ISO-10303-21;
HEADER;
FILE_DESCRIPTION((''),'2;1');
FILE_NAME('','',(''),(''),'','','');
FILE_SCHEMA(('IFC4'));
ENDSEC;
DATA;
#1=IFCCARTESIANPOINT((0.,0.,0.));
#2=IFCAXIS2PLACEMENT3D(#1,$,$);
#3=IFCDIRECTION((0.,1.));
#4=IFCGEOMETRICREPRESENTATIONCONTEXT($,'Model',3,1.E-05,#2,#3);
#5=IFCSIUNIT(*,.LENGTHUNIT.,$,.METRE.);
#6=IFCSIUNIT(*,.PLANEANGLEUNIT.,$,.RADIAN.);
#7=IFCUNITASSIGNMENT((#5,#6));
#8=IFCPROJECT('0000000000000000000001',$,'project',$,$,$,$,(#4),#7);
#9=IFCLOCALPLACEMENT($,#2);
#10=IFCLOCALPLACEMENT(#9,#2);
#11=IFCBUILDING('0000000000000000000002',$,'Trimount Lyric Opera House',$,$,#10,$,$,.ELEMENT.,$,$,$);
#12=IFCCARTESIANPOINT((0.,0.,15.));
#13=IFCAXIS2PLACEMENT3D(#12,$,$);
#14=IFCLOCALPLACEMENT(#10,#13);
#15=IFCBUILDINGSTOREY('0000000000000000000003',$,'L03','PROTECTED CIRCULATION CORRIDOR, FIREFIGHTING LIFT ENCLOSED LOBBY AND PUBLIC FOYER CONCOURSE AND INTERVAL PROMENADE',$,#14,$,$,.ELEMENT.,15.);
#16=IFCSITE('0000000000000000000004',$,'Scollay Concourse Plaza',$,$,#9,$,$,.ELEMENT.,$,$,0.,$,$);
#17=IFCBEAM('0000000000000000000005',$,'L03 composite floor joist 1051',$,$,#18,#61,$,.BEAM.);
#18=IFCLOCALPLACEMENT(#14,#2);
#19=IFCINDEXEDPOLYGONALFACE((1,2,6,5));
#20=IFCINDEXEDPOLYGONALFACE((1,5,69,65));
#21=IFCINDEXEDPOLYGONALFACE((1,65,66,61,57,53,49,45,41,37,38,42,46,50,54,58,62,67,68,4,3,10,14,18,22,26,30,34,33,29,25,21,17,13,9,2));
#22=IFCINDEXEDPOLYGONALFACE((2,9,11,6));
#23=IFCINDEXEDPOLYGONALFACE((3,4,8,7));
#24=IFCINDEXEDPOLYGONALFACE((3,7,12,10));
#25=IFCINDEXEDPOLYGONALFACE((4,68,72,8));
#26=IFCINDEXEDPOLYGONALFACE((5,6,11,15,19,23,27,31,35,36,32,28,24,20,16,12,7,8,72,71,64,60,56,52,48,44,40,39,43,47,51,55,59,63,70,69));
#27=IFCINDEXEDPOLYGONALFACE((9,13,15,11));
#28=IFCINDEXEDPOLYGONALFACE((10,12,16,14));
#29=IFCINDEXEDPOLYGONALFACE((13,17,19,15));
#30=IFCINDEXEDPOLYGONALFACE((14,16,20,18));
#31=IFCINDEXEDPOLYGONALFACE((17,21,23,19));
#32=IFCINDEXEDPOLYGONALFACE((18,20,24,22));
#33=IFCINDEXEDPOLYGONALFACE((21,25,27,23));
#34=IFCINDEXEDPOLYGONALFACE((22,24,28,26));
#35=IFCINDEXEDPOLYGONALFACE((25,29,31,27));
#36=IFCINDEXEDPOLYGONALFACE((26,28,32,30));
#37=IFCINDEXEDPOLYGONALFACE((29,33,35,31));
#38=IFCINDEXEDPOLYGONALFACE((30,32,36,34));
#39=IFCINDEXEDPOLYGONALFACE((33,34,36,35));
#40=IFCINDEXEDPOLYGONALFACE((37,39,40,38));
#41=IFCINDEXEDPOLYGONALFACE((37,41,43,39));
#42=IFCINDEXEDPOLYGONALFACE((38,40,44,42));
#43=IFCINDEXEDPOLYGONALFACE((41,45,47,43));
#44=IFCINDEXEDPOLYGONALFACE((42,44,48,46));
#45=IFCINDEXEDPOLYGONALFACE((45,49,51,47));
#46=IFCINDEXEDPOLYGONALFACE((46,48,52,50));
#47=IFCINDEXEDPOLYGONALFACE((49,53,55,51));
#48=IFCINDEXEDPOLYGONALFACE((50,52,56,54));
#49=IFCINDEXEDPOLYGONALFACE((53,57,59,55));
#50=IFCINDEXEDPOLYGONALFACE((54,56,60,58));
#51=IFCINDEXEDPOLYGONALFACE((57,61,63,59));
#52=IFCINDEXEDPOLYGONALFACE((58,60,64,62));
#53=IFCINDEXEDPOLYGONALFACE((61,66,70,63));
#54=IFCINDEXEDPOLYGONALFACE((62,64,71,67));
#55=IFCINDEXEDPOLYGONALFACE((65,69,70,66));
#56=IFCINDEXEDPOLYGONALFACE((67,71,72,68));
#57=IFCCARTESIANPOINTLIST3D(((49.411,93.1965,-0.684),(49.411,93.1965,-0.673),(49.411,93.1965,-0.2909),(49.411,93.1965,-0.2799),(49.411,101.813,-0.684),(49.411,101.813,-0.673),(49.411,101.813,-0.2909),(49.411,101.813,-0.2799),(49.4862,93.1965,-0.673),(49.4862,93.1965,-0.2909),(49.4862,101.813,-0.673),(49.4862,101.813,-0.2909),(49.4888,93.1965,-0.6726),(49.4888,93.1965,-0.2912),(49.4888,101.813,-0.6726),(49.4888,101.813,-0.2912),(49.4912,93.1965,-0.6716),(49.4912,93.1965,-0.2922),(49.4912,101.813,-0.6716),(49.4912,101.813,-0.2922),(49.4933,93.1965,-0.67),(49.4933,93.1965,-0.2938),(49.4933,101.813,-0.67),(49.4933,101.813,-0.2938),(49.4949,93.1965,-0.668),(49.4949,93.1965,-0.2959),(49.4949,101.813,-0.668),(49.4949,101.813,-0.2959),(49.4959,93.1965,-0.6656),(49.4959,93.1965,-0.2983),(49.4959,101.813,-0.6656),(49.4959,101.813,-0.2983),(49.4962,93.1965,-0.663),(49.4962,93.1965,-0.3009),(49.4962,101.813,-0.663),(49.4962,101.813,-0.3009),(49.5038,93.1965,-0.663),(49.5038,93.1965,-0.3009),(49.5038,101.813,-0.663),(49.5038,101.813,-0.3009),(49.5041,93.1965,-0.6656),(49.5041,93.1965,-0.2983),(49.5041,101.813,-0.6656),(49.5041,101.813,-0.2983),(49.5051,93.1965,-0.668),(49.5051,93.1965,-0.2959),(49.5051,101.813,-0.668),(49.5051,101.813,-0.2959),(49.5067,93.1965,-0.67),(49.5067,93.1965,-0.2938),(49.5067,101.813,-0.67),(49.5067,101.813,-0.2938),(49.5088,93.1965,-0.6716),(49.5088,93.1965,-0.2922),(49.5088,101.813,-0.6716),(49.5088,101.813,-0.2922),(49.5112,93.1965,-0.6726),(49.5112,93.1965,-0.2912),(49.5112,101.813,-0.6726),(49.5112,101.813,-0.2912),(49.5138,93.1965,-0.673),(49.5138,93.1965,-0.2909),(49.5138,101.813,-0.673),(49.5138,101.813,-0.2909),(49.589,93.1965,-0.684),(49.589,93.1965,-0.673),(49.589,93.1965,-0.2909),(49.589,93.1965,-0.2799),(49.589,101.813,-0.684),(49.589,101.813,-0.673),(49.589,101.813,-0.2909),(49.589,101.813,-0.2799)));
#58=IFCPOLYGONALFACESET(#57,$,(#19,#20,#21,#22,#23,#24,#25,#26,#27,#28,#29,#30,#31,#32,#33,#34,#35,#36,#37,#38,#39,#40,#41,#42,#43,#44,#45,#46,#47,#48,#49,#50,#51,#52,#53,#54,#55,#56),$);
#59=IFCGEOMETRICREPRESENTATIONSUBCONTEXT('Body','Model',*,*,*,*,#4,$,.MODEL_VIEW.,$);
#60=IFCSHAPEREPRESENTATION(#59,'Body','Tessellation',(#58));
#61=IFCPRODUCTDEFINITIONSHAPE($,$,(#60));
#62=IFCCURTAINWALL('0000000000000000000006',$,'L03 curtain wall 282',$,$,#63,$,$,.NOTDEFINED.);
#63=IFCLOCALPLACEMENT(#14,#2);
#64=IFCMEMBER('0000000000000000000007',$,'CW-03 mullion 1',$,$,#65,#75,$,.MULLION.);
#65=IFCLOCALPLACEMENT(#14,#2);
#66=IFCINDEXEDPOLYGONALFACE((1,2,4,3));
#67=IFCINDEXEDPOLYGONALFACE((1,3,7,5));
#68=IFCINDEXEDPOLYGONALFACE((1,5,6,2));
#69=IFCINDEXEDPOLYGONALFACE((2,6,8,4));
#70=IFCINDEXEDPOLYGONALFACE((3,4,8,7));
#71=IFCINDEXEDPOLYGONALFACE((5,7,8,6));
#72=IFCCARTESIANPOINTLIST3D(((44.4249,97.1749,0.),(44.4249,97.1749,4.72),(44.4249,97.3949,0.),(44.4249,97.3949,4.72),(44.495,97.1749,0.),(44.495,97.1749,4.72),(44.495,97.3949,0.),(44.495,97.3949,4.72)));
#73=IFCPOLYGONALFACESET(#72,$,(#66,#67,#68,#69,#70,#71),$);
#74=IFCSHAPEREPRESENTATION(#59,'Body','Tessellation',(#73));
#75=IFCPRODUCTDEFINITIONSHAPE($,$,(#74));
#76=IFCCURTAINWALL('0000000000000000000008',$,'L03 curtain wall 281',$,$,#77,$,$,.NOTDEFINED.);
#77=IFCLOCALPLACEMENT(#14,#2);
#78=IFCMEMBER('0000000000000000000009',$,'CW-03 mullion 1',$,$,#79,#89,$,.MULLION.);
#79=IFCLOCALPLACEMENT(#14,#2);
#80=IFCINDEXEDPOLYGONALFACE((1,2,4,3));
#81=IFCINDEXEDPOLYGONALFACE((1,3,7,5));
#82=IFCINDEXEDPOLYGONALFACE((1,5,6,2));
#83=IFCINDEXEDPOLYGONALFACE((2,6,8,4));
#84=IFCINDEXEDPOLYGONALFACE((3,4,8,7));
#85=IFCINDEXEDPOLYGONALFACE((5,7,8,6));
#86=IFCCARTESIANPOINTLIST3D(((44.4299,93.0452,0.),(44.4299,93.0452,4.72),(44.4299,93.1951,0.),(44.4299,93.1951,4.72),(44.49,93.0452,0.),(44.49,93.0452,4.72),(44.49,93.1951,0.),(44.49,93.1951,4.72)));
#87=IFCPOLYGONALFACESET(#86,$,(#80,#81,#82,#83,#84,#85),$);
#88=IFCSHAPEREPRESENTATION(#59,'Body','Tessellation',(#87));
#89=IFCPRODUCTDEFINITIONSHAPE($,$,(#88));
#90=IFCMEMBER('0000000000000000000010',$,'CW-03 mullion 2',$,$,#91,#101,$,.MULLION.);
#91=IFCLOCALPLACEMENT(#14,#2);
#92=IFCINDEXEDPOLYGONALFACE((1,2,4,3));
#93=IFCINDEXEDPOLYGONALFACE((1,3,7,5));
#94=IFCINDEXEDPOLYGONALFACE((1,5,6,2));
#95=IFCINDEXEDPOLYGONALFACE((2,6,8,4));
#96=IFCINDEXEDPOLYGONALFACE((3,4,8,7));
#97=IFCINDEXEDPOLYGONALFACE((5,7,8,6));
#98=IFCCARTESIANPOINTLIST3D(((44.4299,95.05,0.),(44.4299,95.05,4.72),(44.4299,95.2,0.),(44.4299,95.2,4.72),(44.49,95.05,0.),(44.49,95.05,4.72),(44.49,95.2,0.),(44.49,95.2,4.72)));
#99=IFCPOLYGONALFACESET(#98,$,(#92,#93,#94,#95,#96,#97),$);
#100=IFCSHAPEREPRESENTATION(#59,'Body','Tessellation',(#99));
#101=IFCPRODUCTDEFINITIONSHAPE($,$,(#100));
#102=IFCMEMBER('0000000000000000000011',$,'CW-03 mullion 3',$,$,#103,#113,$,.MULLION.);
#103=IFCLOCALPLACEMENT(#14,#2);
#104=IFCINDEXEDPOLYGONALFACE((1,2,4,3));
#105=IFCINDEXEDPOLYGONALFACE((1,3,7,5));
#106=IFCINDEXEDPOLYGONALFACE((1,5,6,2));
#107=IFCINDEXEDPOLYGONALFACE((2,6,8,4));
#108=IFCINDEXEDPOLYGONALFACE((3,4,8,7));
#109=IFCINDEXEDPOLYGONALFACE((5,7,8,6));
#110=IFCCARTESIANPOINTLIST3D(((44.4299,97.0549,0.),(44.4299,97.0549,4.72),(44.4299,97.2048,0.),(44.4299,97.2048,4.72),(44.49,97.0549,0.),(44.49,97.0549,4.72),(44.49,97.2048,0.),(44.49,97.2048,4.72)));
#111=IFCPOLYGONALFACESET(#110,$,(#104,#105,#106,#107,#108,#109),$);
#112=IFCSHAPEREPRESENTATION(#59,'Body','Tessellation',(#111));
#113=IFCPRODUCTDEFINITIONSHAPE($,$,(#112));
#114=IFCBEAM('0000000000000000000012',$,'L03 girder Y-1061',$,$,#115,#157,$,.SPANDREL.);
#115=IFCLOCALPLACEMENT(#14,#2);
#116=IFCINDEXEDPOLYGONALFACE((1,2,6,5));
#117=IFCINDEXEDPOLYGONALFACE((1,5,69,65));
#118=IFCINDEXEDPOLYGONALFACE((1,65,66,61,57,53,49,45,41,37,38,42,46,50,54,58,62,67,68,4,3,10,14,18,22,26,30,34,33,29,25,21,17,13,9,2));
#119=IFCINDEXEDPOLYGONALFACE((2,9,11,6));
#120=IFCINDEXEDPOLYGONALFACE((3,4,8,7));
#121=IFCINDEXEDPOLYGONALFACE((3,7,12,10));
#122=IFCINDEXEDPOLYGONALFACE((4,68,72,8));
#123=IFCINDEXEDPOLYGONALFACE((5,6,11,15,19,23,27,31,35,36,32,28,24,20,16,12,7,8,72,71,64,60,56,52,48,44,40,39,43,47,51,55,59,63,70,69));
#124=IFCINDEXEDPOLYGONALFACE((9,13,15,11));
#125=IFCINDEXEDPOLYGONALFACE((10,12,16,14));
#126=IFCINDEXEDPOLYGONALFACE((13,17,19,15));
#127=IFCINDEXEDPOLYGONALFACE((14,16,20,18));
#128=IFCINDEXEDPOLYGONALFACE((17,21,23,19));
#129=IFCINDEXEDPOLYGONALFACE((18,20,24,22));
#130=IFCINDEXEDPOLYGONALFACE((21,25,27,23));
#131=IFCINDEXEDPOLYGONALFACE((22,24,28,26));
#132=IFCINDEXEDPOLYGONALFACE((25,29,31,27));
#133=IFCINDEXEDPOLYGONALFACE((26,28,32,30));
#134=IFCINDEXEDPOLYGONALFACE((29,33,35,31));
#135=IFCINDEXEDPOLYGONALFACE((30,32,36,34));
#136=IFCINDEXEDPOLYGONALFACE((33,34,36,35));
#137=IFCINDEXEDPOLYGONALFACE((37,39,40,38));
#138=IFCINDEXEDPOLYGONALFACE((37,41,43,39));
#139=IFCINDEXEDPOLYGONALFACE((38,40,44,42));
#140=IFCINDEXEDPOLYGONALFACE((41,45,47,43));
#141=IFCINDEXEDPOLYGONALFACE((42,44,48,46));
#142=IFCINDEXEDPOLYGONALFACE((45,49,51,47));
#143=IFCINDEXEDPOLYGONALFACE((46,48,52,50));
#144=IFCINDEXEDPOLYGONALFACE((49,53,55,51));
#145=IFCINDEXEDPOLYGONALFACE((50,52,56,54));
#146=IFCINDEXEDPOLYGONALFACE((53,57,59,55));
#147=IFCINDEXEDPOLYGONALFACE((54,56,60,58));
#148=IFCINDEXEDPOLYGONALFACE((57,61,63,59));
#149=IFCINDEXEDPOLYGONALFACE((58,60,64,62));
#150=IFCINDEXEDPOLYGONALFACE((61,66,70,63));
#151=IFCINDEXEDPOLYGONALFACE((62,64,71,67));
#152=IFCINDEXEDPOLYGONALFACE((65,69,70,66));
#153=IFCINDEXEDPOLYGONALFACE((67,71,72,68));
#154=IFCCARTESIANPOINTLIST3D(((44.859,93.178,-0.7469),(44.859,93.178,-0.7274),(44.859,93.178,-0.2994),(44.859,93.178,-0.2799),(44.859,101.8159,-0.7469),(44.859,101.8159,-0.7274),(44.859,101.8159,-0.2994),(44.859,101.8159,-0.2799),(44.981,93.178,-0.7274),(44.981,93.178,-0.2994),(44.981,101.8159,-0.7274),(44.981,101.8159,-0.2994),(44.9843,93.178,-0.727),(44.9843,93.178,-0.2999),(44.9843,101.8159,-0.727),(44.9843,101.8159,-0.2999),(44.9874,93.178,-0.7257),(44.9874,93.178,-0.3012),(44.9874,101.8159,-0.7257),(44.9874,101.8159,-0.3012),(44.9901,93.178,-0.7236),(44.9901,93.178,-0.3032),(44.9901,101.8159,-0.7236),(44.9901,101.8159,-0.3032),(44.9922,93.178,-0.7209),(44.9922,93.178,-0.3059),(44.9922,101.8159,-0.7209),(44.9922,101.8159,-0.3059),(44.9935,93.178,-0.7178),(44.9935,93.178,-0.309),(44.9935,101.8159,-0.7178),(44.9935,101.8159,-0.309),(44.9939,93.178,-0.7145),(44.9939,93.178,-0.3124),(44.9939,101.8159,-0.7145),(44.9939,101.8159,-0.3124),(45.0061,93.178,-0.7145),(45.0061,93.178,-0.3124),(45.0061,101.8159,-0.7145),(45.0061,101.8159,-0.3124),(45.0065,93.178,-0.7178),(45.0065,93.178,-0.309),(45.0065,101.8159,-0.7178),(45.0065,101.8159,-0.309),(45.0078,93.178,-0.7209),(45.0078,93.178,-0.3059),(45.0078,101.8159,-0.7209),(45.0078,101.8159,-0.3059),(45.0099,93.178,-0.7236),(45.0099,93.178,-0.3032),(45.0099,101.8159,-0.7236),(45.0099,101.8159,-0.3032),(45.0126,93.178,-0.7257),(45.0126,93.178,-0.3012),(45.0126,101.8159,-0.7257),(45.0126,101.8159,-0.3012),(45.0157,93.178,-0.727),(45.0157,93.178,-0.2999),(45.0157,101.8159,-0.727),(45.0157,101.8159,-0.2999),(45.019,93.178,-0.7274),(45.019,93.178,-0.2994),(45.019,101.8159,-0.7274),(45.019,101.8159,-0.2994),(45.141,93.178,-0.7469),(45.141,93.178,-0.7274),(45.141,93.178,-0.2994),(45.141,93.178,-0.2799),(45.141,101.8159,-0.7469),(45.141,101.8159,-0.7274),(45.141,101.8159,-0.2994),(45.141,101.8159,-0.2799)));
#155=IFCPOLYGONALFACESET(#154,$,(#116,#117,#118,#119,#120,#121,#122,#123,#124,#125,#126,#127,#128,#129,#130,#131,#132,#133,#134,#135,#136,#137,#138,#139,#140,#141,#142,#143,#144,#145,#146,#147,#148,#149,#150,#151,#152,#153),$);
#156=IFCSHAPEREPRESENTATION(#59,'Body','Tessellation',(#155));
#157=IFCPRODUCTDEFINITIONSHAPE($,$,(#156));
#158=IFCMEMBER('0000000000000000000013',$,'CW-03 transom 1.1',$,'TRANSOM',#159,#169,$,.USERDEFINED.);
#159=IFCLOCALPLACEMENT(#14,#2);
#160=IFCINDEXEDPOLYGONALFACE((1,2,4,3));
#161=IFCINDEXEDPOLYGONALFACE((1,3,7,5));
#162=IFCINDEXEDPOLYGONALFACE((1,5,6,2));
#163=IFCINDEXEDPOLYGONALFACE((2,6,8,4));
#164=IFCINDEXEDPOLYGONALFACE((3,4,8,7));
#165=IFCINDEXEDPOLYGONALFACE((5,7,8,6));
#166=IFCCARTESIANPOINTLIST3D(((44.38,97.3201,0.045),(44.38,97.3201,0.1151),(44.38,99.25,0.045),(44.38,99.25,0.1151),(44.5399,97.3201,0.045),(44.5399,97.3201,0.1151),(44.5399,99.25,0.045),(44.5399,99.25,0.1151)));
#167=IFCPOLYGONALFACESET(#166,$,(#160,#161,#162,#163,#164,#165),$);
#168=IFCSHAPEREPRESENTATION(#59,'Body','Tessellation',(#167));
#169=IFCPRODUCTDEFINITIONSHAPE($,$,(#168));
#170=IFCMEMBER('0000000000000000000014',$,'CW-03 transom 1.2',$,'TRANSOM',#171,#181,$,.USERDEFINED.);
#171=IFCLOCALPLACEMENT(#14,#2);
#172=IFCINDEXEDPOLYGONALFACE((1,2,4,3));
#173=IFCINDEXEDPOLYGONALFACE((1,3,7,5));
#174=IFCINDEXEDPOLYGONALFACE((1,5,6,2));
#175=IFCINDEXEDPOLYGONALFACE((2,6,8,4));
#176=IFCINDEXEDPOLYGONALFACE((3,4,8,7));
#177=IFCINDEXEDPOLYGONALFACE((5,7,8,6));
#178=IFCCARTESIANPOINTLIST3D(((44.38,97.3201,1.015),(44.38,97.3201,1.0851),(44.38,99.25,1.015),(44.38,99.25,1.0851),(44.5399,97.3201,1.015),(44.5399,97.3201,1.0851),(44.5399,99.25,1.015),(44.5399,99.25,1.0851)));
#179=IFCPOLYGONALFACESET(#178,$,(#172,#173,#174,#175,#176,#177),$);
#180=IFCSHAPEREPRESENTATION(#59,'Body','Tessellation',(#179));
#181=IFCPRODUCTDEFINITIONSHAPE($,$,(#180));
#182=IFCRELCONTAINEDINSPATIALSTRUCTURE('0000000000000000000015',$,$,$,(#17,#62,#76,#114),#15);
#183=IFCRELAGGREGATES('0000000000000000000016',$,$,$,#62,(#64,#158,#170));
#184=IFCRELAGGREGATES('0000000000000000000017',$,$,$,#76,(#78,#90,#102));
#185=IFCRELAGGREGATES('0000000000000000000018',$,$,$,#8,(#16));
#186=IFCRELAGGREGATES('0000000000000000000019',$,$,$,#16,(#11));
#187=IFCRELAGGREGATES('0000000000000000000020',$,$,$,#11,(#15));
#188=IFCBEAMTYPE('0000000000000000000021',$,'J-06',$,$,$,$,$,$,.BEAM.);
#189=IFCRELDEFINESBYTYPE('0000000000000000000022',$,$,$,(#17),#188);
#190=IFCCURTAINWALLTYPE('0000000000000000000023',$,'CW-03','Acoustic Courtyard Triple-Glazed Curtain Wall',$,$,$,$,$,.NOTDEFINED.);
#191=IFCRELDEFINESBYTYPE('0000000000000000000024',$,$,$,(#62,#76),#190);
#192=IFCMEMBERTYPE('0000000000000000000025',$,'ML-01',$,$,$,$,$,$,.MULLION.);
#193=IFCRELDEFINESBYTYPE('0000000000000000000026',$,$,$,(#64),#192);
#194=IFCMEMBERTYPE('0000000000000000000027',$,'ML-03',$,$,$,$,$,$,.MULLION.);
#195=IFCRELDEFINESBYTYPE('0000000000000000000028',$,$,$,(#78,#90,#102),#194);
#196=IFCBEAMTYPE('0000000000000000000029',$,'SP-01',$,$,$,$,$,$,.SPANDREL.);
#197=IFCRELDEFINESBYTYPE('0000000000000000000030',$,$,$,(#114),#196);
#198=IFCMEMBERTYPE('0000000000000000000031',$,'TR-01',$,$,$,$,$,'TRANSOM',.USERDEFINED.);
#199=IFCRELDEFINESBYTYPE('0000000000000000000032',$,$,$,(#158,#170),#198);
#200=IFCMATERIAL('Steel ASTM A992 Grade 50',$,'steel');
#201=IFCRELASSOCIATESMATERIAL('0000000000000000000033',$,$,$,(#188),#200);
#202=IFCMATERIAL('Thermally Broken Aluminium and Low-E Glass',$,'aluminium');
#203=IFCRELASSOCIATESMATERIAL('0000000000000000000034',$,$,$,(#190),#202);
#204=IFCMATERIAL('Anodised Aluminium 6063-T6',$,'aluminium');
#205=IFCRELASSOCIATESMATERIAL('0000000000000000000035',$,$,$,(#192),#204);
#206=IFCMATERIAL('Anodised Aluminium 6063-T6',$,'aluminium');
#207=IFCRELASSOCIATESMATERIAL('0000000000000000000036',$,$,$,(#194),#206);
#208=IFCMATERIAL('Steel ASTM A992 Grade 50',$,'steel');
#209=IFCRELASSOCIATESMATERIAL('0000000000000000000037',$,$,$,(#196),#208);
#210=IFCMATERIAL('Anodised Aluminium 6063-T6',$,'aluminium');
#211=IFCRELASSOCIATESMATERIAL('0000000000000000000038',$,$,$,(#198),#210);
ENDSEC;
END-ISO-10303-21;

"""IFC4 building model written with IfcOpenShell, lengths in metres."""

from ifc_helpers import new_model, si_unit, direction, frame, origin, origin_2d, place, context, subcontext, project, spatial, rectangle, i_section, extrude, material, material_profile, profile_set, type_object, element, aggregate, save


model = new_model("IFC4")

# Units and contexts
model_context = context("Model", 3, precision=1e-05, world=origin(), true_north=direction((0.0, 1.0)))
body_context = subcontext(model_context, "Body", "Model", "MODEL_VIEW")
ifc_project = project(units=[si_unit("LENGTHUNIT", "METRE"), si_unit("PLANEANGLEUNIT", "RADIAN")], contexts=[model_context])

# Site, building, storey
site_placement = place(None, origin())
site = spatial("IfcSite", under=ifc_project, at=site_placement, Name="Scollay Concourse Plaza", CompositionType="ELEMENT", RefElevation=0.0)
building_placement = place(site_placement, origin())
building = spatial("IfcBuilding", under=site, at=building_placement, Name="Trimount Lyric Opera House", CompositionType="ELEMENT")
storey_placement = place(building_placement, frame((0.0, 0.0, 15.0)))
storey = spatial("IfcBuildingStorey", under=building, at=storey_placement, Name="L03", Description="PROTECTED CIRCULATION CORRIDOR, FIREFIGHTING LIFT ENCLOSED LOBBY AND PUBLIC FOYER CONCOURSE AND INTERVAL PROMENADE", CompositionType="ELEMENT", Elevation=15.0)

# Beam
ifc_material_1 = material(Name="Steel ASTM A992 Grade 50", Category="steel")
ifc_material_profile_1 = material_profile(ifc_material_1, i_section(OverallWidth=0.178, OverallDepth=0.4041, WebThickness=0.0076, FlangeThickness=0.011, FilletRadius=0.01, at=origin_2d()), Name="W16X36")
ifc_profile_set_1 = profile_set([ifc_material_profile_1], Name="Steel ASTM A992 Grade 50")
beam_type_1 = type_object("IfcBeamType", Name="J-06", PredefinedType="BEAM", material=ifc_profile_set_1)
beam_1_placement = place(storey_placement, frame((49.5, 93.1965, -0.4819), z_axis=(0.0, 1.0, 0.0), x_axis=(-1.0, 0.0, 0.0)))
element("IfcBeam", 1, at=beam_1_placement, inside=storey, type_object=beam_type_1, Name="L03 composite floor joist 1051", PredefinedType="BEAM", context=body_context, shape_type="SweptSolid", body=[
    extrude(i_section(OverallWidth=0.178, OverallDepth=0.4041, WebThickness=0.0076, FlangeThickness=0.011, FilletRadius=0.01, at=origin_2d()), origin(), (0.0, 0.0, 1.0), 8.6165),
])

# Curtain wall, member
ifc_material_2 = material(Name="Thermally Broken Aluminium and Low-E Glass", Category="aluminium")
curtain_wall_type = type_object("IfcCurtainWallType", Name="CW-03", Description="Acoustic Courtyard Triple-Glazed Curtain Wall", PredefinedType="NOTDEFINED", material=ifc_material_2)
curtain_wall_1_placement = place(storey_placement, origin())
curtain_wall_1 = element("IfcCurtainWall", 2, at=curtain_wall_1_placement, inside=storey, type_object=curtain_wall_type, Name="L03 curtain wall 282", PredefinedType="NOTDEFINED")
ifc_material_3 = material(Name="Anodised Aluminium 6063-T6", Category="aluminium")
ifc_material_profile_2 = material_profile(ifc_material_3, rectangle(XDim=0.0701, YDim=0.22, at=origin_2d()), Name="ALU-MULL-70X220")
ifc_profile_set_2 = profile_set([ifc_material_profile_2], Name="Anodised Aluminium 6063-T6")
member_type_1 = type_object("IfcMemberType", Name="ML-01", PredefinedType="MULLION", material=ifc_profile_set_2)
member_1_placement = place(storey_placement, frame((44.46, 97.2849, 0.0), z_axis=(0.0, 0.0, 1.0), x_axis=(-1.0, 0.0, 0.0)))
member_1 = element("IfcMember", 3, at=member_1_placement, type_object=member_type_1, Name="CW-03 mullion 1", PredefinedType="MULLION", context=body_context, shape_type="SweptSolid", body=[
    extrude(rectangle(XDim=0.0701, YDim=0.22, at=origin_2d()), origin(), (0.0, 0.0, 1.0), 4.72),
])

# Curtain wall, members
curtain_wall_2_placement = place(storey_placement, origin())
curtain_wall_2 = element("IfcCurtainWall", 4, at=curtain_wall_2_placement, inside=storey, type_object=curtain_wall_type, Name="L03 curtain wall 281", PredefinedType="NOTDEFINED")
ifc_material_4 = material(Name="Anodised Aluminium 6063-T6", Category="aluminium")
ifc_material_profile_3 = material_profile(ifc_material_4, rectangle(XDim=0.0601, YDim=0.1499, at=origin_2d()), Name="ALU-MULL-60X150")
ifc_profile_set_3 = profile_set([ifc_material_profile_3], Name="Anodised Aluminium 6063-T6")
member_type_2 = type_object("IfcMemberType", Name="ML-03", PredefinedType="MULLION", material=ifc_profile_set_3)
member_2_placement = place(storey_placement, frame((44.46, 93.1201, 0.0), z_axis=(0.0, 0.0, 1.0), x_axis=(-1.0, 0.0, 0.0)))
member_2 = element("IfcMember", 5, at=member_2_placement, type_object=member_type_2, Name="CW-03 mullion 1", PredefinedType="MULLION", context=body_context, shape_type="SweptSolid", body=[
    extrude(rectangle(XDim=0.0601, YDim=0.1499, at=origin_2d()), origin(), (0.0, 0.0, 1.0), 4.72),
])
member_3_placement = place(storey_placement, frame((44.46, 95.125, 0.0), z_axis=(0.0, 0.0, 1.0), x_axis=(-1.0, 0.0, 0.0)))
member_3 = element("IfcMember", 6, at=member_3_placement, type_object=member_type_2, Name="CW-03 mullion 2", PredefinedType="MULLION", context=body_context, shape_type="SweptSolid", body=[
    extrude(rectangle(XDim=0.0601, YDim=0.1499, at=origin_2d()), origin(), (0.0, 0.0, 1.0), 4.72),
])
member_4_placement = place(storey_placement, frame((44.46, 97.1299, 0.0), z_axis=(0.0, 0.0, 1.0), x_axis=(-1.0, 0.0, 0.0)))
member_4 = element("IfcMember", 7, at=member_4_placement, type_object=member_type_2, Name="CW-03 mullion 3", PredefinedType="MULLION", context=body_context, shape_type="SweptSolid", body=[
    extrude(rectangle(XDim=0.0601, YDim=0.1499, at=origin_2d()), origin(), (0.0, 0.0, 1.0), 4.72),
])

# Beam
ifc_material_5 = material(Name="Steel ASTM A992 Grade 50", Category="steel")
ifc_material_profile_4 = material_profile(ifc_material_5, i_section(OverallWidth=0.282, OverallDepth=0.467, WebThickness=0.0122, FlangeThickness=0.0195, FilletRadius=0.0129, at=origin_2d()), Name="W18X86")
ifc_profile_set_4 = profile_set([ifc_material_profile_4], Name="Steel ASTM A992 Grade 50")
beam_type_2 = type_object("IfcBeamType", Name="SP-01", PredefinedType="SPANDREL", material=ifc_profile_set_4)
beam_2_placement = place(storey_placement, frame((45.0, 93.178, -0.5134), z_axis=(0.0, 1.0, 0.0), x_axis=(-1.0, 0.0, 0.0)))
element("IfcBeam", 8, at=beam_2_placement, inside=storey, type_object=beam_type_2, Name="L03 girder Y-1061", PredefinedType="SPANDREL", context=body_context, shape_type="SweptSolid", body=[
    extrude(i_section(OverallWidth=0.282, OverallDepth=0.467, WebThickness=0.0122, FlangeThickness=0.0195, FilletRadius=0.0129, at=origin_2d()), origin(), (0.0, 0.0, 1.0), 8.6379),
])

# Members
ifc_material_6 = material(Name="Anodised Aluminium 6063-T6", Category="aluminium")
ifc_material_profile_5 = material_profile(ifc_material_6, rectangle(XDim=0.1599, YDim=0.0701, at=origin_2d()), Name="ALU-TRAN-70X160")
ifc_profile_set_5 = profile_set([ifc_material_profile_5], Name="Anodised Aluminium 6063-T6")
member_type_3 = type_object("IfcMemberType", Name="TR-01", ElementType="TRANSOM", PredefinedType="USERDEFINED", material=ifc_profile_set_5)
member_5_placement = place(storey_placement, frame((44.46, 97.3201, 0.0801), z_axis=(0.0, 1.0, 0.0), x_axis=(-1.0, 0.0, 0.0)))
member_5 = element("IfcMember", 9, at=member_5_placement, type_object=member_type_3, Name="CW-03 transom 1.1", ObjectType="TRANSOM", PredefinedType="USERDEFINED", context=body_context, shape_type="SweptSolid", body=[
    extrude(rectangle(XDim=0.1599, YDim=0.0701, at=origin_2d()), origin(), (0.0, 0.0, 1.0), 1.9299),
])
member_6_placement = place(storey_placement, frame((44.46, 97.3201, 1.05), z_axis=(0.0, 1.0, 0.0), x_axis=(-1.0, 0.0, 0.0)))
member_6 = element("IfcMember", 10, at=member_6_placement, type_object=member_type_3, Name="CW-03 transom 1.2", ObjectType="TRANSOM", PredefinedType="USERDEFINED", context=body_context, shape_type="SweptSolid", body=[
    extrude(rectangle(XDim=0.1599, YDim=0.0701, at=origin_2d()), origin(), (0.0, 0.0, 1.0), 1.9299),
])

aggregate(curtain_wall_1, [member_1, member_5, member_6])
aggregate(curtain_wall_2, [member_2, member_3, member_4])

save(model, "model.ifc")
